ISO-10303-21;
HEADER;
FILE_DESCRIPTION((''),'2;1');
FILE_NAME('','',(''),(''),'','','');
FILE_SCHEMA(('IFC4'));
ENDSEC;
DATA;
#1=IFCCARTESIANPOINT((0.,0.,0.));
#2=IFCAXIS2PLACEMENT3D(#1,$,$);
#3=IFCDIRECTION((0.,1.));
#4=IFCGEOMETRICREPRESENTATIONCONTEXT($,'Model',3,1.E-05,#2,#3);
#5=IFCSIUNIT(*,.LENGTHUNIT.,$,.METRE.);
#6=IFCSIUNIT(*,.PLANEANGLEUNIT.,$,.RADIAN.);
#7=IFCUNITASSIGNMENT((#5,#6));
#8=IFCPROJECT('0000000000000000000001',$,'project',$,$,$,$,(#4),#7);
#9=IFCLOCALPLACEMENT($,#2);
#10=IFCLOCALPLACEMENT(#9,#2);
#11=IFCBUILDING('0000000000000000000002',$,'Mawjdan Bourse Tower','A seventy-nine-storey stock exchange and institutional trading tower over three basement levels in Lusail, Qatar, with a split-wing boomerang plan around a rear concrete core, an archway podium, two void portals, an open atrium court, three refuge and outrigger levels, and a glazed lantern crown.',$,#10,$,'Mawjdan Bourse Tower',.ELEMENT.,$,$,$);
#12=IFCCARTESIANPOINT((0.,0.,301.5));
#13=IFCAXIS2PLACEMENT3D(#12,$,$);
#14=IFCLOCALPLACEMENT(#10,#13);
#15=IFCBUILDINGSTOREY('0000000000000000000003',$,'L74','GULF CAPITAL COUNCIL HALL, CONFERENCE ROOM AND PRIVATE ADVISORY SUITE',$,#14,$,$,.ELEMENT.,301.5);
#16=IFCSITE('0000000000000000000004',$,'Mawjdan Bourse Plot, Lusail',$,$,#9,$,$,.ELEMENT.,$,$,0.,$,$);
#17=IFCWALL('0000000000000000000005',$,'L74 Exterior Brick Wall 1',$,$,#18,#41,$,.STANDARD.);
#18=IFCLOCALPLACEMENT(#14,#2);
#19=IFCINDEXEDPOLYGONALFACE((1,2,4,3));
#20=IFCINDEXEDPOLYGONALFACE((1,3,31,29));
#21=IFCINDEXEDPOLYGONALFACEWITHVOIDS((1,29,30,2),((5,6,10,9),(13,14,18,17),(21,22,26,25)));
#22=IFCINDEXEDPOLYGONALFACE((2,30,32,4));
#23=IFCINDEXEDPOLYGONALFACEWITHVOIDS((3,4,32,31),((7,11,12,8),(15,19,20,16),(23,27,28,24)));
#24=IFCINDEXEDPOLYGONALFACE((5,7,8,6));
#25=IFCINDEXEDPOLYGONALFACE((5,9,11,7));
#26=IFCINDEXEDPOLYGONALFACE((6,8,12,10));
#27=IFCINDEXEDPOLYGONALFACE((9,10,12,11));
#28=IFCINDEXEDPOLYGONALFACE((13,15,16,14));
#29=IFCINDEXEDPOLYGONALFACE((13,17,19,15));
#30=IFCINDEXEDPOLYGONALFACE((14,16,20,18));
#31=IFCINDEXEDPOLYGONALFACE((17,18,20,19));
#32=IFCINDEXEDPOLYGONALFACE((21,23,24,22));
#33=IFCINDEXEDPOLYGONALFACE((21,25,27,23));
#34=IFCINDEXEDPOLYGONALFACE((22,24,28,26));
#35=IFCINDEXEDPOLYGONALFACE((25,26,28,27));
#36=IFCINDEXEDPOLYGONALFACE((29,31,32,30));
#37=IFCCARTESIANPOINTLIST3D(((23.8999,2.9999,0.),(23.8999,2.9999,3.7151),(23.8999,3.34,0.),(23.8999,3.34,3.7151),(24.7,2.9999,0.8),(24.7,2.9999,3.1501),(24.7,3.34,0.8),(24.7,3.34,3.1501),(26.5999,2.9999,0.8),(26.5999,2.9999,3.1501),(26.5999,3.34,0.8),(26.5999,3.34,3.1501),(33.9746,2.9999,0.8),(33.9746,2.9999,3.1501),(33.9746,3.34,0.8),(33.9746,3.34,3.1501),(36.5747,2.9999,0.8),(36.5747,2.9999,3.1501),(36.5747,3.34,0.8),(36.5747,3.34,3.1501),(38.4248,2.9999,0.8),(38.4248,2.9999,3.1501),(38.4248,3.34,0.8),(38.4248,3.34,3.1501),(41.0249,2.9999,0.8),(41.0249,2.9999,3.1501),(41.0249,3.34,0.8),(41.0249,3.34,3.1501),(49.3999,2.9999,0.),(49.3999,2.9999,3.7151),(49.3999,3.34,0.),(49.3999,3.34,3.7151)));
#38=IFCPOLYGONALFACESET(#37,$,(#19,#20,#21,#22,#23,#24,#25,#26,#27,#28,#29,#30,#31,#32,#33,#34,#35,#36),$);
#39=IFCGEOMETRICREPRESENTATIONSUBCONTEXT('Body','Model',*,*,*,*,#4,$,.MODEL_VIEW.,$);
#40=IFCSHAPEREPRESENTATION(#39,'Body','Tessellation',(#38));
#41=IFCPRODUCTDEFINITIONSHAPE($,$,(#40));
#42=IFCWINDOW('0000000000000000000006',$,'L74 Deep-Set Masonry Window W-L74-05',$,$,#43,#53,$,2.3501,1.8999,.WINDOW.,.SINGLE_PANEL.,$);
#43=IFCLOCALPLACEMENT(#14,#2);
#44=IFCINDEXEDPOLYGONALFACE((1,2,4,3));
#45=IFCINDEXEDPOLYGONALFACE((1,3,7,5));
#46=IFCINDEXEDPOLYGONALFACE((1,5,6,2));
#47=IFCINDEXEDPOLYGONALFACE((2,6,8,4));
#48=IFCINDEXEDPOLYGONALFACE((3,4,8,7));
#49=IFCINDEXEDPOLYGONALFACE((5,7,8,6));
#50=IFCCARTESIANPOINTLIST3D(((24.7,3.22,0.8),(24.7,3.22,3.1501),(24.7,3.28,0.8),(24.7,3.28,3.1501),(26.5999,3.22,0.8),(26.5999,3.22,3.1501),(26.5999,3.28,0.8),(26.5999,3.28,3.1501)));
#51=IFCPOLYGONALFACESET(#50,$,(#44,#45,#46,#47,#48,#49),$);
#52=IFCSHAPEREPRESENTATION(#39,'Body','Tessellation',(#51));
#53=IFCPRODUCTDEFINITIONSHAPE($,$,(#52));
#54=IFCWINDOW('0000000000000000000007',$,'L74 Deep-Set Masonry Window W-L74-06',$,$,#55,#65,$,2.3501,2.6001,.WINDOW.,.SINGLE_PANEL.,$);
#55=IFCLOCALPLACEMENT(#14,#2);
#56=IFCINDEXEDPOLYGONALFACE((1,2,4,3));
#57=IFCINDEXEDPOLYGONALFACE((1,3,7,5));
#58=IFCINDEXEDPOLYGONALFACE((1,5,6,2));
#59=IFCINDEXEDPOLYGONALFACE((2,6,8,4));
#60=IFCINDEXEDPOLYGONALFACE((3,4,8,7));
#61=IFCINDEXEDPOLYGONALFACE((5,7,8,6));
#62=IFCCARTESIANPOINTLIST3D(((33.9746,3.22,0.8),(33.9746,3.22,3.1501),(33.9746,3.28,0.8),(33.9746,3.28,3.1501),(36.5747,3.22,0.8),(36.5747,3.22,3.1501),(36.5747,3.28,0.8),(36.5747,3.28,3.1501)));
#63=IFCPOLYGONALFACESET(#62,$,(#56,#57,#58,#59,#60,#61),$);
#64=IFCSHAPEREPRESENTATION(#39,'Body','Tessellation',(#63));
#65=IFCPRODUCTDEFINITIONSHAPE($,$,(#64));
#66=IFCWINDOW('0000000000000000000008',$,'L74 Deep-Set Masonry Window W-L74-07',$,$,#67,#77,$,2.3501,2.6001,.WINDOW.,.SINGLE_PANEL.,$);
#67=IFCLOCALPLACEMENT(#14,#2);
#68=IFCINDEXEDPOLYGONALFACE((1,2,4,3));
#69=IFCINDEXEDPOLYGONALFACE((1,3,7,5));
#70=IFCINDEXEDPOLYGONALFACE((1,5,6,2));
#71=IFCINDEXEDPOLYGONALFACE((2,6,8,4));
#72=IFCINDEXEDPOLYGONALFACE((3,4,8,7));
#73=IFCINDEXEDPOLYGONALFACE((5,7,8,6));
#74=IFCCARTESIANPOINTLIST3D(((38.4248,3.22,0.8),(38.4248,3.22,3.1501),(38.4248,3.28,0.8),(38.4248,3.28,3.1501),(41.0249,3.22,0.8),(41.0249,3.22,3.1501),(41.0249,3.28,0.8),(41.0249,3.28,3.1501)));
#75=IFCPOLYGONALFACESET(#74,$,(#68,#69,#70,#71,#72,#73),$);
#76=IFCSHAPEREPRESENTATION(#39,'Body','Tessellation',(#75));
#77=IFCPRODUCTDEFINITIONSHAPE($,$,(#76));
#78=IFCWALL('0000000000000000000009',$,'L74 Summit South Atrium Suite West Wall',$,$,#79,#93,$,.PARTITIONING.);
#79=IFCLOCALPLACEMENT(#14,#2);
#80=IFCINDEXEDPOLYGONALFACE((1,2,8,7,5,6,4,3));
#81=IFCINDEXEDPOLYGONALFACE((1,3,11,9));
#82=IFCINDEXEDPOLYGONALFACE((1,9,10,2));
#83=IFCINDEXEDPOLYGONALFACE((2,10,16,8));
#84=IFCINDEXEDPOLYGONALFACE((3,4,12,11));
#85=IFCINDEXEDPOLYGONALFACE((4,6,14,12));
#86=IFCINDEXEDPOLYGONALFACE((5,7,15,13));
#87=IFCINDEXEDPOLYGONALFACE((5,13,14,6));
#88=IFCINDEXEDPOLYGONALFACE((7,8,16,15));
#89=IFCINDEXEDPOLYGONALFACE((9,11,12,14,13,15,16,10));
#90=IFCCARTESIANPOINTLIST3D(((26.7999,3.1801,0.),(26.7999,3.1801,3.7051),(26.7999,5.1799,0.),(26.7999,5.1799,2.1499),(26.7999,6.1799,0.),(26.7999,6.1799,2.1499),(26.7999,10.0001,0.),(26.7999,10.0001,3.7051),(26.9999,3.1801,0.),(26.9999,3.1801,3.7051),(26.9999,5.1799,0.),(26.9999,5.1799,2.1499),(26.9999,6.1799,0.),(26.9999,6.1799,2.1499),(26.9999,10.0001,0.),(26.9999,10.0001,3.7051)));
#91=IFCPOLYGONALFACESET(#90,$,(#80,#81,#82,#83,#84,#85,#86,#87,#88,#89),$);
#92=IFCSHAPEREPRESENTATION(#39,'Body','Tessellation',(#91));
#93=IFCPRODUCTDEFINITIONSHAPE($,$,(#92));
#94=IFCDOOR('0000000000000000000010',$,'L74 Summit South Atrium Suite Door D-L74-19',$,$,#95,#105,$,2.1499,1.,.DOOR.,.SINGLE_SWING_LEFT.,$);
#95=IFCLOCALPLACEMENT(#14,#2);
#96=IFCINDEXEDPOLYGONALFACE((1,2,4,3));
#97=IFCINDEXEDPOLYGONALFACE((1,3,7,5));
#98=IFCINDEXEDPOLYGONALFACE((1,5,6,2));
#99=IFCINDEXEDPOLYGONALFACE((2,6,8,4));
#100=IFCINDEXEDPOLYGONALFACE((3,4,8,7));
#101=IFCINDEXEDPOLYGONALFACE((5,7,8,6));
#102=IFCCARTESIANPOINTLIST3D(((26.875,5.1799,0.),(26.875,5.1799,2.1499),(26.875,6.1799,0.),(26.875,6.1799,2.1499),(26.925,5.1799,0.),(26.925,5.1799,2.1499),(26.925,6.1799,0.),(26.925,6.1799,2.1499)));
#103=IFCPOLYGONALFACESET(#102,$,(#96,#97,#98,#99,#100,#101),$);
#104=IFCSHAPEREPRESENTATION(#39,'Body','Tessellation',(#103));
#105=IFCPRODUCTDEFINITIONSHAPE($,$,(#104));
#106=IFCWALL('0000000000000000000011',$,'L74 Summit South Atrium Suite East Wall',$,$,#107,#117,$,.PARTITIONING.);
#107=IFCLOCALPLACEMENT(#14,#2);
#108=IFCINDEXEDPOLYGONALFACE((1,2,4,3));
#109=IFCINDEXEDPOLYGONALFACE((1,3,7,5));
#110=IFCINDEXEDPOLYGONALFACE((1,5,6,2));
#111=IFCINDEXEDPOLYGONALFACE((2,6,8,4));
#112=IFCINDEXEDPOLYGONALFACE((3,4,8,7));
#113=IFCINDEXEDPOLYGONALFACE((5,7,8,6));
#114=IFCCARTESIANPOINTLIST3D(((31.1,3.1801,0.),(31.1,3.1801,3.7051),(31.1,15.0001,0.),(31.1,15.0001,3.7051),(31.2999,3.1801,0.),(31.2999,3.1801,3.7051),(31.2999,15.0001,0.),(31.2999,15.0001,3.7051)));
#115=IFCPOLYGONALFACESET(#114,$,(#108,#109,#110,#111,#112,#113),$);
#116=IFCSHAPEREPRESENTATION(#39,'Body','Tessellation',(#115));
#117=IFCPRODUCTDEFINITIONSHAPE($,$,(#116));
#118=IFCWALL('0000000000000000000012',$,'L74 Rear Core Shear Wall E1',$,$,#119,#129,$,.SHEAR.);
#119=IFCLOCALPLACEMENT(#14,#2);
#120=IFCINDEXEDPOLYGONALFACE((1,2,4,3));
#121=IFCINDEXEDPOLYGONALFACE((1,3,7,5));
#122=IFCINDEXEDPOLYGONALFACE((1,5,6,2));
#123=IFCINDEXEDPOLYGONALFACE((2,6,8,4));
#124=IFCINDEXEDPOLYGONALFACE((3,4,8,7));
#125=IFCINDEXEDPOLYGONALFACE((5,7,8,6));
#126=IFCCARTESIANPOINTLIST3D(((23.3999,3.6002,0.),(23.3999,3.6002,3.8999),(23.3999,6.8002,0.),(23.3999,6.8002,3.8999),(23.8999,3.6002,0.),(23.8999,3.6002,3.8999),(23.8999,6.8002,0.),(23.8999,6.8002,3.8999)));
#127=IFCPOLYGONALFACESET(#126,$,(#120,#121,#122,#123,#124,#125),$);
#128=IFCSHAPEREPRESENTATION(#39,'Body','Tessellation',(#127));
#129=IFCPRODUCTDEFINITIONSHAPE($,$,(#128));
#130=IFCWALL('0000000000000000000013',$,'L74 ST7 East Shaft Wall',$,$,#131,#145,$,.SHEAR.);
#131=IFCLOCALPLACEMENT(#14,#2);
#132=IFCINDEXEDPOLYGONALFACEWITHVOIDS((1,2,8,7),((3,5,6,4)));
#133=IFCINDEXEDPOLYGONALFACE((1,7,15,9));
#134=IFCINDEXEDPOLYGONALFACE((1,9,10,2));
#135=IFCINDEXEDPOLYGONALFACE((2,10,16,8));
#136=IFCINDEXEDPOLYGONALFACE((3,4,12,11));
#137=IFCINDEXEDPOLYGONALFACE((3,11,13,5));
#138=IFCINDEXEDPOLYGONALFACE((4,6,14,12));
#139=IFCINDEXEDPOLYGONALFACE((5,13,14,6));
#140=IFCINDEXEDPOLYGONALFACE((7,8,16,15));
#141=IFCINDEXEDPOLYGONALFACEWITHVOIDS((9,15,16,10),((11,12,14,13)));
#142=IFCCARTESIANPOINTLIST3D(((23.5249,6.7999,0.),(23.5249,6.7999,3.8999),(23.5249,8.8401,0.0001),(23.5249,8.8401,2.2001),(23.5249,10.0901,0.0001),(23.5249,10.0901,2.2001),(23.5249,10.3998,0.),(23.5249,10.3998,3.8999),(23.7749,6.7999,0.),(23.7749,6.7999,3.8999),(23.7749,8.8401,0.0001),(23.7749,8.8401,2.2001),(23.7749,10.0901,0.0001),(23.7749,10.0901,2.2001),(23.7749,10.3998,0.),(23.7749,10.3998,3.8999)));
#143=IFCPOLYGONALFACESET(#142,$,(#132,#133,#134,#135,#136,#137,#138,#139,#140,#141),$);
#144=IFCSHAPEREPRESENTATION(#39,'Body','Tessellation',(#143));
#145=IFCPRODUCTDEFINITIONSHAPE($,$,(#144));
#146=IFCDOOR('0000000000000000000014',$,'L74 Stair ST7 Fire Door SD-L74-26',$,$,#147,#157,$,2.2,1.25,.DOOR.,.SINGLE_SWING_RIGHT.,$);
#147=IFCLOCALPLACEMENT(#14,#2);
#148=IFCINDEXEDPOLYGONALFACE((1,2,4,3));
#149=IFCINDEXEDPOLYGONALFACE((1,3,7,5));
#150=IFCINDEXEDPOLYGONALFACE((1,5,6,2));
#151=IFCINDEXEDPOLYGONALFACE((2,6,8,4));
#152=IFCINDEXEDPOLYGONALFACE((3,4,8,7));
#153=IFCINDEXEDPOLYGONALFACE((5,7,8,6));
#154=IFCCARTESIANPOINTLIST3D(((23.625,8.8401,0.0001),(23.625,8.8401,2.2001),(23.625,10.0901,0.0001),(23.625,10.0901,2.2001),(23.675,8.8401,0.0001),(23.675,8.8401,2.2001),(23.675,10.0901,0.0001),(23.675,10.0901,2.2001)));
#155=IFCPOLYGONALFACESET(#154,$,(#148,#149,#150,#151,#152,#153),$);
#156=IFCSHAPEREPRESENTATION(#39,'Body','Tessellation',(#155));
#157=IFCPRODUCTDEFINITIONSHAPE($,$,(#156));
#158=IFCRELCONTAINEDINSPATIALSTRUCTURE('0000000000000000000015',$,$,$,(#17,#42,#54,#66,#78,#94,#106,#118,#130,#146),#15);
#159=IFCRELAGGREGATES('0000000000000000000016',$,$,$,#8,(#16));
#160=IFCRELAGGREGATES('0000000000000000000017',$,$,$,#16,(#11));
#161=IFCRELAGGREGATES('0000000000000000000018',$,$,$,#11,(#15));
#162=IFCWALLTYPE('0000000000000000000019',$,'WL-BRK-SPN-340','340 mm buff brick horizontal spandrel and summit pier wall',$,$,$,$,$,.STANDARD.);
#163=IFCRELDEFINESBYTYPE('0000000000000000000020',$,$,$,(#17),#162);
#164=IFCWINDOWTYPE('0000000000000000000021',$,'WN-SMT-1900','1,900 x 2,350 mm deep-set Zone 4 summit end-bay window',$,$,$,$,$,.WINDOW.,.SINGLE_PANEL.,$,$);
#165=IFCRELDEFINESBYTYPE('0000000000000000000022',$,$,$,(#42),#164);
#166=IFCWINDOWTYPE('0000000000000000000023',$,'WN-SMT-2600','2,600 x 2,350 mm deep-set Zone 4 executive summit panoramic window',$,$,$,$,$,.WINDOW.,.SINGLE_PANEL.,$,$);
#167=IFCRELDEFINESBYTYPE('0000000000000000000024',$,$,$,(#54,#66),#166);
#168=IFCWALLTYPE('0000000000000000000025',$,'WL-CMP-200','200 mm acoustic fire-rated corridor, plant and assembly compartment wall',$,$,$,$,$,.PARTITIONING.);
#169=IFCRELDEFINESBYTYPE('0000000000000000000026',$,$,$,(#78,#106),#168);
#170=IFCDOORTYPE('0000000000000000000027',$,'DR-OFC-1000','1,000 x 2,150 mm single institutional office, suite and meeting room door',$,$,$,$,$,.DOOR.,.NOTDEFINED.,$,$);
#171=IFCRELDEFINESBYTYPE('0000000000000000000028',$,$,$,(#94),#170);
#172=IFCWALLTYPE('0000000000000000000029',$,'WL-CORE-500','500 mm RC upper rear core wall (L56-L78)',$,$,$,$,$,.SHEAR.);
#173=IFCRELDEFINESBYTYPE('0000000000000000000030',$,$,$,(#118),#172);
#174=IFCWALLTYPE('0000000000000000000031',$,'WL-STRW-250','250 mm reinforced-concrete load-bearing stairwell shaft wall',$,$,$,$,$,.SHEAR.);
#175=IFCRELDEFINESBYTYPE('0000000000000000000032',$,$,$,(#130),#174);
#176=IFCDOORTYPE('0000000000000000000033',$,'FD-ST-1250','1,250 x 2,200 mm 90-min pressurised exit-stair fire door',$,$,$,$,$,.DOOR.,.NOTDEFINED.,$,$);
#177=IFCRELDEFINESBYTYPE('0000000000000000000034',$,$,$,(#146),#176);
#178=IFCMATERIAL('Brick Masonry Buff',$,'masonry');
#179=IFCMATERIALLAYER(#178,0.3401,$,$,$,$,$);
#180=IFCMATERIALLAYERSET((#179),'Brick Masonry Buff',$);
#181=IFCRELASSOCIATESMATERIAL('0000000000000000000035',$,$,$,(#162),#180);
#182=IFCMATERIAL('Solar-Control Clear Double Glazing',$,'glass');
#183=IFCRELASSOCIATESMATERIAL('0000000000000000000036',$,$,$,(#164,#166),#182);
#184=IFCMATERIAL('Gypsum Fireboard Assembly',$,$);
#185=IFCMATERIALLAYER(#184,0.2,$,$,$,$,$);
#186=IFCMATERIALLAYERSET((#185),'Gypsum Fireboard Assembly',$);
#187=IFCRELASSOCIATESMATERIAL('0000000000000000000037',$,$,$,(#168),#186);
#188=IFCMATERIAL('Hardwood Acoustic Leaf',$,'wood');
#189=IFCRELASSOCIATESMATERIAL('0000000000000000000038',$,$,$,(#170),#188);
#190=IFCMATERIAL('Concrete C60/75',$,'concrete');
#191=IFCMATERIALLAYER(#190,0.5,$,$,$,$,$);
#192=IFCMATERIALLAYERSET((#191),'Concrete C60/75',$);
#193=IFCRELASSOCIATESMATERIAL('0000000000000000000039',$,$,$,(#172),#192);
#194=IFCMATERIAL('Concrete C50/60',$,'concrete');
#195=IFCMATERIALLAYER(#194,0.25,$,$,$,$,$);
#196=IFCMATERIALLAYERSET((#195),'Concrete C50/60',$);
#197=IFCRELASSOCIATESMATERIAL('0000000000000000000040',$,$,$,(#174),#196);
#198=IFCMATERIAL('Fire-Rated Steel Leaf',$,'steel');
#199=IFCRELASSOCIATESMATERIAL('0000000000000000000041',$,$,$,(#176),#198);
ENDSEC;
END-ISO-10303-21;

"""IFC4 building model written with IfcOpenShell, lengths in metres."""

from ifc_helpers import new_model, si_unit, direction, frame, frame_2d, origin, place, context, subcontext, project, spatial, rectangle, extrude, material, layer, layer_set, type_object, element, fill, save


model = new_model("IFC4")

# Units and contexts
model_context = context("Model", 3, precision=1e-05, world=origin(), true_north=direction((0.0, 1.0)))
body_context = subcontext(model_context, "Body", "Model", "MODEL_VIEW")
ifc_project = project(units=[si_unit("LENGTHUNIT", "METRE"), si_unit("PLANEANGLEUNIT", "RADIAN")], contexts=[model_context])

# Site, building, storey
site_placement = place(None, origin())
site = spatial("IfcSite", under=ifc_project, at=site_placement, Name="Mawjdan Bourse Plot, Lusail", CompositionType="ELEMENT", RefElevation=0.0)
building_placement = place(site_placement, origin())
building = spatial("IfcBuilding", under=site, at=building_placement, Name="Mawjdan Bourse Tower", Description="A seventy-nine-storey stock exchange and institutional trading tower over three basement levels in Lusail, Qatar, with a split-wing boomerang plan around a rear concrete core, an archway podium, two void portals, an open atrium court, three refuge and outrigger levels, and a glazed lantern crown.", LongName="Mawjdan Bourse Tower", CompositionType="ELEMENT")
storey_placement = place(building_placement, frame((0.0, 0.0, 301.5)))
storey = spatial("IfcBuildingStorey", under=building, at=storey_placement, Name="L74", Description="GULF CAPITAL COUNCIL HALL, CONFERENCE ROOM AND PRIVATE ADVISORY SUITE", CompositionType="ELEMENT", Elevation=301.5)

# Shared definitions
ifc_material_1 = material(Name="Concrete C60/75", Category="concrete")

# Wall, openings, windows
ifc_material_2 = material(Name="Brick Masonry Buff", Category="masonry")
ifc_layer_1 = layer(ifc_material_2, 0.3401)
ifc_layer_set_1 = layer_set([ifc_layer_1], Name="Brick Masonry Buff")
wall_type_1 = type_object("IfcWallType", Name="WL-BRK-SPN-340", Description="340 mm buff brick horizontal spandrel and summit pier wall", PredefinedType="STANDARD", material=ifc_layer_set_1)
wall_1_placement = place(storey_placement, frame((23.8999, 3.1699, 0.0), z_axis=(0.0, 0.0, 1.0), x_axis=(1.0, 0.0, 0.0)))
wall_1 = element("IfcWall", 1, at=wall_1_placement, inside=storey, type_object=wall_type_1, Name="L74 Exterior Brick Wall 1", PredefinedType="STANDARD", context=body_context, shape_type="SweptSolid", body=[
    extrude(rectangle(XDim=25.5, YDim=0.3401, at=frame_2d((12.75, 0.0))), origin(), (0.0, 0.0, 1.0), 3.7151),
])
opening_1_placement = place(wall_1_placement, frame((0.8, 0.0, 0.8)))
opening_1 = element("IfcOpeningElement", 2, at=opening_1_placement, cuts=wall_1, PredefinedType="OPENING", context=body_context, shape_type="SweptSolid", body=[
    extrude(rectangle(XDim=1.8999, YDim=2.3501, at=frame_2d((0.95, 1.175))), frame((0.0, 0.1802, 0.0), z_axis=(0.0, -1.0, 0.0), x_axis=(1.0, 0.0, 0.0)), (0.0, 0.0, 1.0), 0.3601),
])
opening_2_placement = place(wall_1_placement, frame((10.0747, 0.0, 0.8)))
opening_2 = element("IfcOpeningElement", 3, at=opening_2_placement, cuts=wall_1, PredefinedType="OPENING", context=body_context, shape_type="SweptSolid", body=[
    extrude(rectangle(XDim=2.6001, YDim=2.3501, at=frame_2d((1.3, 1.175))), frame((0.0, 0.1802, 0.0), z_axis=(0.0, -1.0, 0.0), x_axis=(1.0, 0.0, 0.0)), (0.0, 0.0, 1.0), 0.3601),
])
opening_3_placement = place(wall_1_placement, frame((14.5249, 0.0, 0.8)))
opening_3 = element("IfcOpeningElement", 4, at=opening_3_placement, cuts=wall_1, PredefinedType="OPENING", context=body_context, shape_type="SweptSolid", body=[
    extrude(rectangle(XDim=2.6001, YDim=2.3501, at=frame_2d((1.3, 1.175))), frame((0.0, 0.1802, 0.0), z_axis=(0.0, -1.0, 0.0), x_axis=(1.0, 0.0, 0.0)), (0.0, 0.0, 1.0), 0.3601),
])
ifc_material_3 = material(Name="Solar-Control Clear Double Glazing", Category="glass")
window_type_1 = type_object("IfcWindowType", Name="WN-SMT-1900", Description="1,900 x 2,350 mm deep-set Zone 4 summit end-bay window", PartitioningType="SINGLE_PANEL", PredefinedType="WINDOW", material=ifc_material_3)
window_1_placement = place(opening_1_placement, origin())
window_1 = element("IfcWindow", 5, at=window_1_placement, inside=storey, type_object=window_type_1, Name="L74 Deep-Set Masonry Window W-L74-05", OverallHeight=2.3501, OverallWidth=1.8999, PartitioningType="SINGLE_PANEL", PredefinedType="WINDOW", context=body_context, shape_type="SweptSolid", body=[
    extrude(rectangle(XDim=1.8999, YDim=2.3501, at=frame_2d((0.95, 1.175))), frame((0.0, 0.1101, 0.0), z_axis=(0.0, -1.0, 0.0), x_axis=(1.0, 0.0, 0.0)), (0.0, 0.0, 1.0), 0.0601),
])
fill(opening_1, window_1)
window_type_2 = type_object("IfcWindowType", Name="WN-SMT-2600", Description="2,600 x 2,350 mm deep-set Zone 4 executive summit panoramic window", PartitioningType="SINGLE_PANEL", PredefinedType="WINDOW", material=ifc_material_3)
window_2_placement = place(opening_2_placement, origin())
window_2 = element("IfcWindow", 6, at=window_2_placement, inside=storey, type_object=window_type_2, Name="L74 Deep-Set Masonry Window W-L74-06", OverallHeight=2.3501, OverallWidth=2.6001, PartitioningType="SINGLE_PANEL", PredefinedType="WINDOW", context=body_context, shape_type="SweptSolid", body=[
    extrude(rectangle(XDim=2.6001, YDim=2.3501, at=frame_2d((1.3, 1.175))), frame((0.0, 0.1101, 0.0), z_axis=(0.0, -1.0, 0.0), x_axis=(1.0, 0.0, 0.0)), (0.0, 0.0, 1.0), 0.0601),
])
fill(opening_2, window_2)
window_3_placement = place(opening_3_placement, origin())
window_3 = element("IfcWindow", 7, at=window_3_placement, inside=storey, type_object=window_type_2, Name="L74 Deep-Set Masonry Window W-L74-07", OverallHeight=2.3501, OverallWidth=2.6001, PartitioningType="SINGLE_PANEL", PredefinedType="WINDOW", context=body_context, shape_type="SweptSolid", body=[
    extrude(rectangle(XDim=2.6001, YDim=2.3501, at=frame_2d((1.3, 1.175))), frame((0.0, 0.1101, 0.0), z_axis=(0.0, -1.0, 0.0), x_axis=(1.0, 0.0, 0.0)), (0.0, 0.0, 1.0), 0.0601),
])
fill(opening_3, window_3)

# Wall, opening, door
ifc_material_4 = material(Name="Gypsum Fireboard Assembly")
ifc_layer_2 = layer(ifc_material_4, 0.2)
ifc_layer_set_2 = layer_set([ifc_layer_2], Name="Gypsum Fireboard Assembly")
wall_type_2 = type_object("IfcWallType", Name="WL-CMP-200", Description="200 mm acoustic fire-rated corridor, plant and assembly compartment wall", PredefinedType="PARTITIONING", material=ifc_layer_set_2)
ifc_material_5 = material(Name="Hardwood Acoustic Leaf", Category="wood")
door_type_1 = type_object("IfcDoorType", Name="DR-OFC-1000", Description="1,000 x 2,150 mm single institutional office, suite and meeting room door", OperationType="NOTDEFINED", PredefinedType="DOOR", material=ifc_material_5)
wall_2_placement = place(storey_placement, frame((26.8999, 3.1799, 0.0), z_axis=(0.0, 0.0, 1.0), x_axis=(0.0, 1.0, 0.0)))
wall_2 = element("IfcWall", 8, at=wall_2_placement, inside=storey, type_object=wall_type_2, Name="L74 Summit South Atrium Suite West Wall", PredefinedType="PARTITIONING", context=body_context, shape_type="SweptSolid", body=[
    extrude(rectangle(XDim=6.8201, YDim=0.2, at=frame_2d((3.4102, 0.0))), origin(), (0.0, 0.0, 1.0), 3.7051),
])
opening_4_placement = place(wall_2_placement, frame((2.0, 0.0, 0.0)))
opening_4 = element("IfcOpeningElement", 9, at=opening_4_placement, cuts=wall_2, PredefinedType="OPENING", context=body_context, shape_type="SweptSolid", body=[
    extrude(rectangle(XDim=1.0, YDim=2.1499, at=frame_2d((0.5, 1.075))), frame((0.0, 0.1099, 0.0), z_axis=(0.0, -1.0, 0.0), x_axis=(1.0, 0.0, 0.0)), (0.0, 0.0, 1.0), 0.22),
])
door_1_placement = place(opening_4_placement, origin())
door_1 = element("IfcDoor", 10, at=door_1_placement, inside=storey, type_object=door_type_1, Name="L74 Summit South Atrium Suite Door D-L74-19", OperationType="SINGLE_SWING_LEFT", OverallHeight=2.1499, OverallWidth=1.0, PredefinedType="DOOR", context=body_context, shape_type="SweptSolid", body=[
    extrude(rectangle(XDim=1.0, YDim=2.1499, at=frame_2d((0.5, 1.075))), frame((0.0, 0.0249, 0.0), z_axis=(0.0, -1.0, 0.0), x_axis=(1.0, 0.0, 0.0)), (0.0, 0.0, 1.0), 0.05),
])
fill(opening_4, door_1)

# Walls
wall_3_placement = place(storey_placement, frame((31.2, 3.1799, 0.0), z_axis=(0.0, 0.0, 1.0), x_axis=(0.0, 1.0, 0.0)))
element("IfcWall", 11, at=wall_3_placement, inside=storey, type_object=wall_type_2, Name="L74 Summit South Atrium Suite East Wall", PredefinedType="PARTITIONING", context=body_context, shape_type="SweptSolid", body=[
    extrude(rectangle(XDim=11.8201, YDim=0.2, at=frame_2d((5.9102, 0.0))), origin(), (0.0, 0.0, 1.0), 3.7051),
])
ifc_layer_3 = layer(ifc_material_1, 0.5)
ifc_layer_set_3 = layer_set([ifc_layer_3], Name="Concrete C60/75")
wall_type_3 = type_object("IfcWallType", Name="WL-CORE-500", Description="500 mm RC upper rear core wall (L56-L78)", PredefinedType="SHEAR", material=ifc_layer_set_3)
wall_4_placement = place(storey_placement, frame((23.6499, 3.6001, 0.0), z_axis=(0.0, 0.0, 1.0), x_axis=(0.0, 1.0, 0.0)))
element("IfcWall", 12, at=wall_4_placement, inside=storey, type_object=wall_type_3, Name="L74 Rear Core Shear Wall E1", PredefinedType="SHEAR", context=body_context, shape_type="SweptSolid", body=[
    extrude(rectangle(XDim=3.2, YDim=0.5, at=frame_2d((1.6001, 0.0))), origin(), (0.0, 0.0, 1.0), 3.8999),
])

# Wall, opening, door
ifc_material_6 = material(Name="Concrete C50/60", Category="concrete")
ifc_layer_4 = layer(ifc_material_6, 0.25)
ifc_layer_set_4 = layer_set([ifc_layer_4], Name="Concrete C50/60")
wall_type_4 = type_object("IfcWallType", Name="WL-STRW-250", Description="250 mm reinforced-concrete load-bearing stairwell shaft wall", PredefinedType="SHEAR", material=ifc_layer_set_4)
wall_5_placement = place(storey_placement, frame((23.6499, 6.8, 0.0), z_axis=(0.0, 0.0, 1.0), x_axis=(0.0, 1.0, 0.0)))
wall_5 = element("IfcWall", 13, at=wall_5_placement, inside=storey, type_object=wall_type_4, Name="L74 ST7 East Shaft Wall", PredefinedType="SHEAR", context=body_context, shape_type="SweptSolid", body=[
    extrude(rectangle(XDim=3.5999, YDim=0.25, at=frame_2d((1.7998, 0.0))), origin(), (0.0, 0.0, 1.0), 3.8999),
])
opening_5_placement = place(wall_5_placement, frame((2.04, 0.0, 0.0)))
opening_5 = element("IfcOpeningElement", 14, at=opening_5_placement, cuts=wall_5, PredefinedType="OPENING", context=body_context, shape_type="SweptSolid", body=[
    extrude(rectangle(XDim=1.25, YDim=2.2, at=frame_2d((0.625, 1.1001))), frame((0.0, 0.135, 0.0), z_axis=(0.0, -1.0, 0.0), x_axis=(1.0, 0.0, 0.0)), (0.0, 0.0, 1.0), 0.27),
])
ifc_material_7 = material(Name="Fire-Rated Steel Leaf", Category="steel")
door_type_2 = type_object("IfcDoorType", Name="FD-ST-1250", Description="1,250 x 2,200 mm 90-min pressurised exit-stair fire door", OperationType="NOTDEFINED", PredefinedType="DOOR", material=ifc_material_7)
door_2_placement = place(opening_5_placement, origin())
door_2 = element("IfcDoor", 15, at=door_2_placement, inside=storey, type_object=door_type_2, Name="L74 Stair ST7 Fire Door SD-L74-26", OperationType="SINGLE_SWING_RIGHT", OverallHeight=2.2, OverallWidth=1.25, PredefinedType="DOOR", context=body_context, shape_type="SweptSolid", body=[
    extrude(rectangle(XDim=1.25, YDim=2.2, at=frame_2d((0.625, 1.1001))), frame((0.0, 0.0249, 0.0), z_axis=(0.0, -1.0, 0.0), x_axis=(1.0, 0.0, 0.0)), (0.0, 0.0, 1.0), 0.05),
])
fill(opening_5, door_2)

save(model, "model.ifc")
